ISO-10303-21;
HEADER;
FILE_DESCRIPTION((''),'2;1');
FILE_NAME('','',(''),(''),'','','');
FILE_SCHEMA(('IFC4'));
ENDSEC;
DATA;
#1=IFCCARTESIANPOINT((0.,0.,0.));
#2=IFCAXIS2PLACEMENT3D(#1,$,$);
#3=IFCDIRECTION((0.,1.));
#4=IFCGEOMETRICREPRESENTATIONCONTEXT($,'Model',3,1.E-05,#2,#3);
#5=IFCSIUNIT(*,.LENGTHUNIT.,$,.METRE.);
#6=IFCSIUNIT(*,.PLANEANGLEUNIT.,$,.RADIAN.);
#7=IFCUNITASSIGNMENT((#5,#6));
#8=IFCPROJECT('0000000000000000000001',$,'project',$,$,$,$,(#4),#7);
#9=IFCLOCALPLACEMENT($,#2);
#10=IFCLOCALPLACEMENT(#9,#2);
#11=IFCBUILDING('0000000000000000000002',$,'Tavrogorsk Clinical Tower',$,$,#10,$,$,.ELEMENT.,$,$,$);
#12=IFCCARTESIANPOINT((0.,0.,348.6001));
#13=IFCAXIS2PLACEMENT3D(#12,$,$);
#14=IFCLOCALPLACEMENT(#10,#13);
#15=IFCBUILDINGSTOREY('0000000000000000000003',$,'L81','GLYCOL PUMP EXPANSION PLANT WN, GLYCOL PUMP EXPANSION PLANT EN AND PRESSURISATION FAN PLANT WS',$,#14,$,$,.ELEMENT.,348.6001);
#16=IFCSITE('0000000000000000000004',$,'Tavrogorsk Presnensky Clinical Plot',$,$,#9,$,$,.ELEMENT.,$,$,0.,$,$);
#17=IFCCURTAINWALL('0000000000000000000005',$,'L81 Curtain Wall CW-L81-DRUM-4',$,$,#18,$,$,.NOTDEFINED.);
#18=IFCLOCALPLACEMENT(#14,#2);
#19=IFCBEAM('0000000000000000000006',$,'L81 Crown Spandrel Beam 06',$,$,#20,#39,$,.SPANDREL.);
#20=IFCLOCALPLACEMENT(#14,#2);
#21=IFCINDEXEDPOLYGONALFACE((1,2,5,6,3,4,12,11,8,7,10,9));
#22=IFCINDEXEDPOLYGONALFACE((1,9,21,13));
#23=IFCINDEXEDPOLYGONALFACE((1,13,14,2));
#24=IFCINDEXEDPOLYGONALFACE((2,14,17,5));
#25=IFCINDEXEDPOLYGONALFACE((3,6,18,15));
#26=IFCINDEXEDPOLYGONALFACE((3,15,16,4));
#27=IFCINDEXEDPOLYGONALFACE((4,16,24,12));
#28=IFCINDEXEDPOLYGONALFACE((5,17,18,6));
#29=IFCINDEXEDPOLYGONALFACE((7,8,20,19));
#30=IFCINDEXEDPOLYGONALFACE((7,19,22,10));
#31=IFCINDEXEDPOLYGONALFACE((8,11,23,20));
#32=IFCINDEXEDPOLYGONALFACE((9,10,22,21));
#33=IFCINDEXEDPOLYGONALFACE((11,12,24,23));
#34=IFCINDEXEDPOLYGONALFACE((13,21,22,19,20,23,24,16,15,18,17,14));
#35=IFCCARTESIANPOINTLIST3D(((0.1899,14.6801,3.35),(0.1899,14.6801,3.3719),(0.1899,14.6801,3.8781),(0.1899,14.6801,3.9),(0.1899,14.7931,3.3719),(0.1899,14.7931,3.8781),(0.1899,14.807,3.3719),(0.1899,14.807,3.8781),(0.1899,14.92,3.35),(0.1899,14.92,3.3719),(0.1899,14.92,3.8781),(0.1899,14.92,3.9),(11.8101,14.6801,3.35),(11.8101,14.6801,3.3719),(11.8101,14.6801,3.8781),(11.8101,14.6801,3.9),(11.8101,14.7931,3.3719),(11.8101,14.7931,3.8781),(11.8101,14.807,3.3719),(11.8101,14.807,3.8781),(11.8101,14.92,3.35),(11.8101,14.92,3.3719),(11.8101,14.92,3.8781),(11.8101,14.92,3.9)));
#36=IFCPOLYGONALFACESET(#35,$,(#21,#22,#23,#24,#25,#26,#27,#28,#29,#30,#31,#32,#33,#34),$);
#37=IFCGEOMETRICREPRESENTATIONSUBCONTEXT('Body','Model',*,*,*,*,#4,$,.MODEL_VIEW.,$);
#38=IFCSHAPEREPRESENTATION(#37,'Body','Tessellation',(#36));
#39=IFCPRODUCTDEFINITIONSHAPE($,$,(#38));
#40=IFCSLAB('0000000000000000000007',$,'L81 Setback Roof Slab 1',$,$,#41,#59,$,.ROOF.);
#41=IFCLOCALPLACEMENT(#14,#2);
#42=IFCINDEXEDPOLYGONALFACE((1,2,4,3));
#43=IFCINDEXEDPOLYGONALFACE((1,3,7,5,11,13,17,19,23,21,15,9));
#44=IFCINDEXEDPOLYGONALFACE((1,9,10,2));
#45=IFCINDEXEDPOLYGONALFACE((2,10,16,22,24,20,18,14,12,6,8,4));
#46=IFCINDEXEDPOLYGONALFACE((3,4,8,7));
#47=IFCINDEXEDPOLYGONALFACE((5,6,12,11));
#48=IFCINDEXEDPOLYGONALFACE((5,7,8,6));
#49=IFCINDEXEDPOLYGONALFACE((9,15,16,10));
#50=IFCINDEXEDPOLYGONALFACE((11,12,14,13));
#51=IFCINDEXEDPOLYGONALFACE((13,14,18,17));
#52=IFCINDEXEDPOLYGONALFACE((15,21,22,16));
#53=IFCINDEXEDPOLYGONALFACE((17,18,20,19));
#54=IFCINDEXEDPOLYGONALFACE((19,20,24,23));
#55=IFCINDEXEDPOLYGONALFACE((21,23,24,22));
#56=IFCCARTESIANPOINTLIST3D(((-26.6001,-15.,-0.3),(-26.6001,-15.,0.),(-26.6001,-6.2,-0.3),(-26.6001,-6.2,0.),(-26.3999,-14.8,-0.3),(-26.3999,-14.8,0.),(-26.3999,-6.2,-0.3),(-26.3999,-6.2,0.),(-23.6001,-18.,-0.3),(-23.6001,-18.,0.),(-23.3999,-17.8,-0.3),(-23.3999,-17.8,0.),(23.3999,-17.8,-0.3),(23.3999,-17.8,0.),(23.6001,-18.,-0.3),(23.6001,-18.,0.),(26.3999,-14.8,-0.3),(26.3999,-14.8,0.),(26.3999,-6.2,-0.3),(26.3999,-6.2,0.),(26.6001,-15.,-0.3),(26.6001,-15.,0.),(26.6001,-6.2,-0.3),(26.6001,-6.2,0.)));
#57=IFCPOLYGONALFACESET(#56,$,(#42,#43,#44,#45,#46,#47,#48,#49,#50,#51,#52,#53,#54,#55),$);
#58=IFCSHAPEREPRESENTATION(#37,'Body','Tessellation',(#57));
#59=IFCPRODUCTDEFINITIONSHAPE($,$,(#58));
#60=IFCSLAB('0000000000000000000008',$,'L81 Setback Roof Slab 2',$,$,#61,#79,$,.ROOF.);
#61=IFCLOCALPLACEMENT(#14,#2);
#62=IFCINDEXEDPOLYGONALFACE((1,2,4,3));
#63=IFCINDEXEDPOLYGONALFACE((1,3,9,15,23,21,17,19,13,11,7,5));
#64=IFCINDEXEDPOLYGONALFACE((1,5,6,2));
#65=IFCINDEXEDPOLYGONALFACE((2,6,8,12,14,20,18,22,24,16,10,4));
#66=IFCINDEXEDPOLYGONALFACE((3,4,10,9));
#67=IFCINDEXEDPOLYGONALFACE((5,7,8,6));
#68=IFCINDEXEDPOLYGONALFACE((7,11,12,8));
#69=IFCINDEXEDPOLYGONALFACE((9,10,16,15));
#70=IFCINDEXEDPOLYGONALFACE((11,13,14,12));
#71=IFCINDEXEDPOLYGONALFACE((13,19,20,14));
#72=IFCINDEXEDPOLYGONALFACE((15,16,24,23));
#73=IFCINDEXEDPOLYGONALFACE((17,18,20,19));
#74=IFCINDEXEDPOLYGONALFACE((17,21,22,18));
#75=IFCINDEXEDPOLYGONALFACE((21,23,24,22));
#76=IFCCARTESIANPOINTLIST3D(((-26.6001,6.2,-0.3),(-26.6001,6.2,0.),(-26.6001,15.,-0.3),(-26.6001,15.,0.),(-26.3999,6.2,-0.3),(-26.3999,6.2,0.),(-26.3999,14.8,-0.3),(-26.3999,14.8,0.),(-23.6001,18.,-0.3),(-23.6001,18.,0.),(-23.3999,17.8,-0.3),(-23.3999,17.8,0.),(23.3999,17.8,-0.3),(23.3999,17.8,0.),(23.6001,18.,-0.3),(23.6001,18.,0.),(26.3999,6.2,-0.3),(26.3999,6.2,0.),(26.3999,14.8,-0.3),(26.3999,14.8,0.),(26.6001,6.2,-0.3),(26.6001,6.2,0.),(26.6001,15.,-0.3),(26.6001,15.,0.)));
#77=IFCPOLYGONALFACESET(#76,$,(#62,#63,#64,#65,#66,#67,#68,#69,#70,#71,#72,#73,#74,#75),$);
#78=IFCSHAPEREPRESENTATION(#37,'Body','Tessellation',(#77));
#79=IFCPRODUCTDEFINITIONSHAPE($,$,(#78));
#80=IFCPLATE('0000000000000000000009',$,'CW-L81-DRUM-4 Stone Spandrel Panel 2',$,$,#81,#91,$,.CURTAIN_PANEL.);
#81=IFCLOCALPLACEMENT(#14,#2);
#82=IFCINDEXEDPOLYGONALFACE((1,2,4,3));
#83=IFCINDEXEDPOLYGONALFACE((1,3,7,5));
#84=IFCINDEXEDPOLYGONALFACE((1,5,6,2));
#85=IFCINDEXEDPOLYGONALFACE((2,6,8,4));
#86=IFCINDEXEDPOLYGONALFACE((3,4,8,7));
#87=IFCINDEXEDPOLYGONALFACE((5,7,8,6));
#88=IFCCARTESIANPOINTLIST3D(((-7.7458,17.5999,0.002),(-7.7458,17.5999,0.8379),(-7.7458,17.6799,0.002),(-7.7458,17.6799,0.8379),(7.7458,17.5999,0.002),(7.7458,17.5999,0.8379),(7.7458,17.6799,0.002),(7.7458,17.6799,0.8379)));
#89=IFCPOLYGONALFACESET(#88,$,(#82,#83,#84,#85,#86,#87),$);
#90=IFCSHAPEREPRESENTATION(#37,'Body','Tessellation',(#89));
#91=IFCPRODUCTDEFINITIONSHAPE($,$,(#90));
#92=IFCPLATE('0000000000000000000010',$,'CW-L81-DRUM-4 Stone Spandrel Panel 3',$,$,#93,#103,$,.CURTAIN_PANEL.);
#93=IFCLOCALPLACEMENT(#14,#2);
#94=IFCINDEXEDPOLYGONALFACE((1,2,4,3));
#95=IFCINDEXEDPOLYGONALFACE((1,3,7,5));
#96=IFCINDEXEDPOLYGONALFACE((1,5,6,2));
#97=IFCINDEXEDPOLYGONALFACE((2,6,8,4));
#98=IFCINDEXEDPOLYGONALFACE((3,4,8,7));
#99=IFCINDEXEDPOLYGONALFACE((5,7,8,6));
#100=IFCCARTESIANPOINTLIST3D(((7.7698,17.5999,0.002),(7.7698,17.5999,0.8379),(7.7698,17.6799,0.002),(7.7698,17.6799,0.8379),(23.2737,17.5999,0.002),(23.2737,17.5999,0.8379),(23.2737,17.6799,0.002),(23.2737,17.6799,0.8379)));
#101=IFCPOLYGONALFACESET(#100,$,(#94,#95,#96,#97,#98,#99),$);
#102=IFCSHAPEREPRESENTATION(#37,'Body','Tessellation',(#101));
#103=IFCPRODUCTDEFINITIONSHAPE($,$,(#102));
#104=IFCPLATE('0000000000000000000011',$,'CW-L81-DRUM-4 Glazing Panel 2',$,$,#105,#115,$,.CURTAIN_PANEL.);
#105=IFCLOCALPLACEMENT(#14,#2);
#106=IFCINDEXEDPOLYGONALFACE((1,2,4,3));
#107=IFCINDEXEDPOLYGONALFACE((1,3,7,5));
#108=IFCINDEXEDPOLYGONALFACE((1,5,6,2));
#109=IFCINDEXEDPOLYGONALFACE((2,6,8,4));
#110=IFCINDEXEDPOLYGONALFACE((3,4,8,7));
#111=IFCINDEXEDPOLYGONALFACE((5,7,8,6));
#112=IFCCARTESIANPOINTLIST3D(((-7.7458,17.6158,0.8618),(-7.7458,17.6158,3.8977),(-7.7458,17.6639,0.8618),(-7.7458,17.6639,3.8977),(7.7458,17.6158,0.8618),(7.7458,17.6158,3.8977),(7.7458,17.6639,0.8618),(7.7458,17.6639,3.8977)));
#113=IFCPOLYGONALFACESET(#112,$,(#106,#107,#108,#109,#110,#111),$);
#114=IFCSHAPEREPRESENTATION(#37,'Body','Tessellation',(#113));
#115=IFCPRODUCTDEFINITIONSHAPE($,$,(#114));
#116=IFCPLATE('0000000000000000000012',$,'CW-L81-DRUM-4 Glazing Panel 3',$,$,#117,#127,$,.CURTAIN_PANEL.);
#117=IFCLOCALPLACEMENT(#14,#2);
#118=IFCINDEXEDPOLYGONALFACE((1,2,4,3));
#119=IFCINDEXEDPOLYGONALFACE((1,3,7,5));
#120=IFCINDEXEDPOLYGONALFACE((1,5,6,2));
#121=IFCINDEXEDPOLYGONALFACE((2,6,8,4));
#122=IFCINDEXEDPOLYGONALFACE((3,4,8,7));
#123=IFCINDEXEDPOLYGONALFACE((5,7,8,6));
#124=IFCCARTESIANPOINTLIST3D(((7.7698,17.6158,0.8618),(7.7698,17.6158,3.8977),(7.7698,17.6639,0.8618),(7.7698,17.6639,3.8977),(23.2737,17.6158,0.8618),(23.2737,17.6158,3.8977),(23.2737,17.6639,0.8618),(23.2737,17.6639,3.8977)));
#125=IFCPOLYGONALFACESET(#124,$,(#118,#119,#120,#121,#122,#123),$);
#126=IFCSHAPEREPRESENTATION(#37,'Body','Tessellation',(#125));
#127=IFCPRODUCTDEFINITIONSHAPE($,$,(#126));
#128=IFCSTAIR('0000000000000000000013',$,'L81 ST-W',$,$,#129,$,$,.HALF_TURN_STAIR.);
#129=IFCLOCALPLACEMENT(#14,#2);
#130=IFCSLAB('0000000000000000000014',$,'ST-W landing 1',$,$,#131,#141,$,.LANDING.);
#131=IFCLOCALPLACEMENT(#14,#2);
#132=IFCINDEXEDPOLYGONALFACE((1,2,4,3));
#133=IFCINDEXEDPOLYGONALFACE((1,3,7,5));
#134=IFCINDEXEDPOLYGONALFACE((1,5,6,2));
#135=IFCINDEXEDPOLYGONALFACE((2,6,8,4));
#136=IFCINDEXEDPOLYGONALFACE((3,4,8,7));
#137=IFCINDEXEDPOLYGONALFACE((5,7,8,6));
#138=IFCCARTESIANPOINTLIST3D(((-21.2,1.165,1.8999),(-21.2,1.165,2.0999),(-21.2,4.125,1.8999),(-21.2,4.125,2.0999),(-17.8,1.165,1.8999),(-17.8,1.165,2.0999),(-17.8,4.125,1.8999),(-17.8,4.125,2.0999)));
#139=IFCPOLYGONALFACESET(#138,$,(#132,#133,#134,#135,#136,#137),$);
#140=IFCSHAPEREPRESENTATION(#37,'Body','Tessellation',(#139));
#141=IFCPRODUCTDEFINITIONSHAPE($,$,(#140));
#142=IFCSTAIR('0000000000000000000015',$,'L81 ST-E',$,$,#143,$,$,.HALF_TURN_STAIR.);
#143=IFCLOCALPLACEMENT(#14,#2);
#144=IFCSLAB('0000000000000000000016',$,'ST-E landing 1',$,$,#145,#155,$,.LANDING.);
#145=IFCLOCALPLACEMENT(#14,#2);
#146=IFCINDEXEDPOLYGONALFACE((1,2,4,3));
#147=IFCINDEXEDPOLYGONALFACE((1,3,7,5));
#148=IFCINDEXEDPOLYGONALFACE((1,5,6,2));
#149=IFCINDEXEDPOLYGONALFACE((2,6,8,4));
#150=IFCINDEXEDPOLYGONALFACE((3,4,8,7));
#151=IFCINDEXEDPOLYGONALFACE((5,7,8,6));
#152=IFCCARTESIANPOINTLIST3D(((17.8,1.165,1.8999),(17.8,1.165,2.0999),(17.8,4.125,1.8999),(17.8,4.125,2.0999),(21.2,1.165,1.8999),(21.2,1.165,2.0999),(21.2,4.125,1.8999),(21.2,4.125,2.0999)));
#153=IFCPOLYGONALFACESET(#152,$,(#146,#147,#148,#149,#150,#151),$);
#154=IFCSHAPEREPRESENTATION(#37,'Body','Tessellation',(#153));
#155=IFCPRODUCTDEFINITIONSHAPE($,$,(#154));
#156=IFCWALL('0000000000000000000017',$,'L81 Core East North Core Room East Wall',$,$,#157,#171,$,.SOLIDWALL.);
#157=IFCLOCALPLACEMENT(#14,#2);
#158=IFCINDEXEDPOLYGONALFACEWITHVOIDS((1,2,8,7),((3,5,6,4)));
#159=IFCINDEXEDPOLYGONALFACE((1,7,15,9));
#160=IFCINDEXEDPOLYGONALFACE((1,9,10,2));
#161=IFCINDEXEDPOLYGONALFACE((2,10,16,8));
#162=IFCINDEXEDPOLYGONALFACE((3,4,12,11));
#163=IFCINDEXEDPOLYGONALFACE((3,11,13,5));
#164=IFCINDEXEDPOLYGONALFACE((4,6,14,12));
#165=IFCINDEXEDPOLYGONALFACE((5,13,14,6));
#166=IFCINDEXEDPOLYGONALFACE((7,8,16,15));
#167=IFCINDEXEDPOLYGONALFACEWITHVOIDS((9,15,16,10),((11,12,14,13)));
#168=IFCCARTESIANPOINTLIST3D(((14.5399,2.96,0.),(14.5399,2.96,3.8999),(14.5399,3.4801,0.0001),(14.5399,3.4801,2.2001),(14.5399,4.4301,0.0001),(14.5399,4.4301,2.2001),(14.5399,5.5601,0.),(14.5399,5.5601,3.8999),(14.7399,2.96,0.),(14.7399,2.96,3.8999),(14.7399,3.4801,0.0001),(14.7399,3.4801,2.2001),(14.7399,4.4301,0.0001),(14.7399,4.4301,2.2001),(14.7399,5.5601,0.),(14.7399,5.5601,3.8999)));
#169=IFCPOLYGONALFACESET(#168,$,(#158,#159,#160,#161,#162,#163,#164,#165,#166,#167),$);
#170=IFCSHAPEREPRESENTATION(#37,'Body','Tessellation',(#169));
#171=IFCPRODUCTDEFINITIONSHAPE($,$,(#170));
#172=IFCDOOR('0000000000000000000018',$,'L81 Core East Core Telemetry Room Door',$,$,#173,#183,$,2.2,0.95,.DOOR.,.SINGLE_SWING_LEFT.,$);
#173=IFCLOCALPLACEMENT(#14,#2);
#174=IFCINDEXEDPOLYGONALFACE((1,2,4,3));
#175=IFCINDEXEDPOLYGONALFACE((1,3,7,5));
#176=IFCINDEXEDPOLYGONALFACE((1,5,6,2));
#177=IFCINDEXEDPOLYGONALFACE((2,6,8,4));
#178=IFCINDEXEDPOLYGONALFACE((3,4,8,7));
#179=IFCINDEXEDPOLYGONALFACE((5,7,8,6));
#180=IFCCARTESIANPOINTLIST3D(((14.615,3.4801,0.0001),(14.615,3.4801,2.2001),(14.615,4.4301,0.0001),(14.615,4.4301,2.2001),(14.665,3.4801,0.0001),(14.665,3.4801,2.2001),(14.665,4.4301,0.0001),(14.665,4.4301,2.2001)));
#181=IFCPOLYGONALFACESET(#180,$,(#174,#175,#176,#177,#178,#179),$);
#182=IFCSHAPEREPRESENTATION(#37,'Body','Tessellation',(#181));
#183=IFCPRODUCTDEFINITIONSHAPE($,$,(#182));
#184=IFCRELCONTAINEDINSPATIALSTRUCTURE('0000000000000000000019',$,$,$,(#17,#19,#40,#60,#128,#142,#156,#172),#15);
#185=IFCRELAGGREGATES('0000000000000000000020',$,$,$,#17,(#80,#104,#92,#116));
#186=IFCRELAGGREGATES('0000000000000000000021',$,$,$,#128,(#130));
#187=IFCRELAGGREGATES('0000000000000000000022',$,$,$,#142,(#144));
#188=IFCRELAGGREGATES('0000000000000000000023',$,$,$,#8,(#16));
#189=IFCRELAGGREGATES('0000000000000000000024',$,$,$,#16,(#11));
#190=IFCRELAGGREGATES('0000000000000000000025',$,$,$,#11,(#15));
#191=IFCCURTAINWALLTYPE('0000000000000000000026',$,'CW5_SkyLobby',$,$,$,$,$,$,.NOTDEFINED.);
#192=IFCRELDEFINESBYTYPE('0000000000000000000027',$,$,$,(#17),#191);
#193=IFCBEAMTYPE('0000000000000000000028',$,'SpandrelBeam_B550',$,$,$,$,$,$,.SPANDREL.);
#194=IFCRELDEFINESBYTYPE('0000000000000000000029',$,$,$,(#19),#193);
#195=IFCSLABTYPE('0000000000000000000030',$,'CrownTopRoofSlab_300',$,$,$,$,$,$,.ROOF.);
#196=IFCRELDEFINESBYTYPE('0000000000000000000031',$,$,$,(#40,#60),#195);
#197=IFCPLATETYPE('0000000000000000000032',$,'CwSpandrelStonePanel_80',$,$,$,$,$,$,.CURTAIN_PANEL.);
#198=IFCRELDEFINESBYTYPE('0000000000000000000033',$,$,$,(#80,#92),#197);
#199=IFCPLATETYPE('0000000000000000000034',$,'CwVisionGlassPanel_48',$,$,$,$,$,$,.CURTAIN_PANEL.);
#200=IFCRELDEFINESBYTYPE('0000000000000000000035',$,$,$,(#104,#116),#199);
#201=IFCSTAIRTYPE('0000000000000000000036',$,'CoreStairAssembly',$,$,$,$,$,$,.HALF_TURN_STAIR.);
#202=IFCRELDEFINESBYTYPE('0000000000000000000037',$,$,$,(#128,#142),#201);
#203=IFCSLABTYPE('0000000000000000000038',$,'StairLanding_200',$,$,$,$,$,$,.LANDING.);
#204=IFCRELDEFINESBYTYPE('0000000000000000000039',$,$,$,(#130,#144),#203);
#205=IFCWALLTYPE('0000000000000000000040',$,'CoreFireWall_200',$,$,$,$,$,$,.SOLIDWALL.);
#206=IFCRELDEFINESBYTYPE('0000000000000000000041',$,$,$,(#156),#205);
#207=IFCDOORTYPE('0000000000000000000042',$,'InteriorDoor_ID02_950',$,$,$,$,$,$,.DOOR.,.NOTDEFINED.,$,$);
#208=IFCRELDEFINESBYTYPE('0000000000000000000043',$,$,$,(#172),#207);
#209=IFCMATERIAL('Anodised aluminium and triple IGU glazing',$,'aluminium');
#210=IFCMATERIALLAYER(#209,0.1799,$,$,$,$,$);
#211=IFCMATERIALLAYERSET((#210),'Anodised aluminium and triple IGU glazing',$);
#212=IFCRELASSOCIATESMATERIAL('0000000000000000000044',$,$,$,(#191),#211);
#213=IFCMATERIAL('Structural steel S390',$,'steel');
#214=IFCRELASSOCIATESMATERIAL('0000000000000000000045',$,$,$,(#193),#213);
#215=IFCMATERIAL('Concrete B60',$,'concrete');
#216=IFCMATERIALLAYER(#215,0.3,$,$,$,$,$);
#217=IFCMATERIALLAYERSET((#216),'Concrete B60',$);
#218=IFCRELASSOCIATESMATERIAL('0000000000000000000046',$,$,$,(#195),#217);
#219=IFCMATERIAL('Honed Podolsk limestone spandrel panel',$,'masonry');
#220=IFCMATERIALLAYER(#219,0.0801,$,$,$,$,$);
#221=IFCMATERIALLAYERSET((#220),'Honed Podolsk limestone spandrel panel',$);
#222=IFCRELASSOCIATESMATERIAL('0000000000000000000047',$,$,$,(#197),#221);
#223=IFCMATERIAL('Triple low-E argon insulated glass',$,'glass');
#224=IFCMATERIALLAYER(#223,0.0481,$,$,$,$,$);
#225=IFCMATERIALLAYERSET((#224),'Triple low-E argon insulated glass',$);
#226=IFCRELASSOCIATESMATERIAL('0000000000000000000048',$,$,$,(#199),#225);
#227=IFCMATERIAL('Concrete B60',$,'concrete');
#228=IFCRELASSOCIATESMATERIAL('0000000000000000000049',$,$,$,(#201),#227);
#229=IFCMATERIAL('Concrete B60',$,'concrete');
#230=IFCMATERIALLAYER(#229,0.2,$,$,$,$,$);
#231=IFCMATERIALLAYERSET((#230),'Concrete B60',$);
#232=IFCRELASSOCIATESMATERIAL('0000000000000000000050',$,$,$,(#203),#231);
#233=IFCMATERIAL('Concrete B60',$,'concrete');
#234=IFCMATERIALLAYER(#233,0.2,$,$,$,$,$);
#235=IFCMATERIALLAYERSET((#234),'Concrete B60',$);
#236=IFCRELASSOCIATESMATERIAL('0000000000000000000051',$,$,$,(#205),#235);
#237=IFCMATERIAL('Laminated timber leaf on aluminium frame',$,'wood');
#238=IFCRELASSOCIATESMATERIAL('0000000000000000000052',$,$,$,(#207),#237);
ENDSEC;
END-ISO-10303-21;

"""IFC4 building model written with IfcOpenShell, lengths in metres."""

from ifc_helpers import new_model, si_unit, direction, frame, frame_2d, origin, origin_2d, place, context, subcontext, project, spatial, polyline, rectangle, i_section, outline, extrude, material, layer, layer_set, material_profile, profile_set, type_object, element, fill, aggregate, save


model = new_model("IFC4")

# Units and contexts
model_context = context("Model", 3, precision=1e-05, world=origin(), true_north=direction((0.0, 1.0)))
body_context = subcontext(model_context, "Body", "Model", "MODEL_VIEW")
ifc_project = project(units=[si_unit("LENGTHUNIT", "METRE"), si_unit("PLANEANGLEUNIT", "RADIAN")], contexts=[model_context])

# Site, building, storey
site_placement = place(None, origin())
site = spatial("IfcSite", under=ifc_project, at=site_placement, Name="Tavrogorsk Presnensky Clinical Plot", CompositionType="ELEMENT", RefElevation=0.0)
building_placement = place(site_placement, origin())
building = spatial("IfcBuilding", under=site, at=building_placement, Name="Tavrogorsk Clinical Tower", CompositionType="ELEMENT")
storey_placement = place(building_placement, frame((0.0, 0.0, 348.6001)))
storey = spatial("IfcBuildingStorey", under=building, at=storey_placement, Name="L81", Description="GLYCOL PUMP EXPANSION PLANT WN, GLYCOL PUMP EXPANSION PLANT EN AND PRESSURISATION FAN PLANT WS", CompositionType="ELEMENT", Elevation=348.6001)

# Curtain wall
ifc_material_1 = material(Name="Anodised aluminium and triple IGU glazing", Category="aluminium")
ifc_layer_1 = layer(ifc_material_1, 0.1799)
ifc_layer_set_1 = layer_set([ifc_layer_1], Name="Anodised aluminium and triple IGU glazing")
curtain_wall_type = type_object("IfcCurtainWallType", Name="CW5_SkyLobby", PredefinedType="NOTDEFINED", material=ifc_layer_set_1)
curtain_wall_placement = place(storey_placement, origin())
curtain_wall = element("IfcCurtainWall", 1, at=curtain_wall_placement, inside=storey, type_object=curtain_wall_type, Name="L81 Curtain Wall CW-L81-DRUM-4", PredefinedType="NOTDEFINED")

# Beam
ifc_material_2 = material(Name="Structural steel S390", Category="steel")
ifc_material_profile_1 = material_profile(ifc_material_2, i_section(OverallWidth=0.24, OverallDepth=0.55, WebThickness=0.0139, FlangeThickness=0.022, at=origin_2d()), Name="B-550x240x14x22")
ifc_profile_set_1 = profile_set([ifc_material_profile_1], Name="Structural steel S390")
beam_type_1 = type_object("IfcBeamType", Name="SpandrelBeam_B550", PredefinedType="SPANDREL", material=ifc_profile_set_1)
beam_1_placement = place(storey_placement, frame((11.8101, 14.8, 3.625), z_axis=(-1.0, 0.0, 0.0), x_axis=(0.0, -1.0, 0.0)))
element("IfcBeam", 2, at=beam_1_placement, inside=storey, type_object=beam_type_1, Name="L81 Crown Spandrel Beam 06", PredefinedType="SPANDREL", context=body_context, shape_type="SweptSolid", body=[
    extrude(i_section(OverallWidth=0.24, OverallDepth=0.55, WebThickness=0.0139, FlangeThickness=0.022, at=origin_2d()), origin(), (0.0, 0.0, 1.0), 11.6201),
])

# Slabs
ifc_material_3 = material(Name="Concrete B60", Category="concrete")
ifc_layer_2 = layer(ifc_material_3, 0.3)
ifc_layer_set_2 = layer_set([ifc_layer_2], Name="Concrete B60")
slab_type_1 = type_object("IfcSlabType", Name="CrownTopRoofSlab_300", PredefinedType="ROOF", material=ifc_layer_set_2)
slab_1_placement = place(storey_placement, frame((0.0, 0.0, -0.3)))
element("IfcSlab", 3, at=slab_1_placement, inside=storey, type_object=slab_type_1, Name="L81 Setback Roof Slab 1", PredefinedType="ROOF", context=body_context, shape_type="SweptSolid", body=[
    extrude(outline(polyline([(-26.6001, -6.2), (-26.3999, -6.2), (-26.3999, -14.8), (-23.3999, -17.8), (23.3999, -17.8), (26.3999, -14.8), (26.3999, -6.2), (26.6001, -6.2), (26.6001, -15.0), (23.6001, -18.0), (-23.6001, -18.0), (-26.6001, -15.0), (-26.6001, -6.2)])), origin(), (0.0, 0.0, 1.0), 0.3),
])
slab_2_placement = place(storey_placement, frame((0.0, 0.0, -0.3)))
element("IfcSlab", 4, at=slab_2_placement, inside=storey, type_object=slab_type_1, Name="L81 Setback Roof Slab 2", PredefinedType="ROOF", context=body_context, shape_type="SweptSolid", body=[
    extrude(outline(polyline([(-26.6001, 15.0), (-23.6001, 18.0), (23.6001, 18.0), (26.6001, 15.0), (26.6001, 6.2), (26.3999, 6.2), (26.3999, 14.8), (23.3999, 17.8), (-23.3999, 17.8), (-26.3999, 14.8), (-26.3999, 6.2), (-26.6001, 6.2), (-26.6001, 15.0)])), origin(), (0.0, 0.0, 1.0), 0.3),
])

# Plates
ifc_material_4 = material(Name="Honed Podolsk limestone spandrel panel", Category="masonry")
ifc_layer_3 = layer(ifc_material_4, 0.0801)
ifc_layer_set_3 = layer_set([ifc_layer_3], Name="Honed Podolsk limestone spandrel panel")
plate_type_1 = type_object("IfcPlateType", Name="CwSpandrelStonePanel_80", PredefinedType="CURTAIN_PANEL", material=ifc_layer_set_3)
plate_1_placement = place(storey_placement, frame((0.0, 17.6399, 0.002), z_axis=(0.0, 0.0, 1.0), x_axis=(1.0, 0.0, 0.0)))
plate_1 = element("IfcPlate", 5, at=plate_1_placement, type_object=plate_type_1, Name="CW-L81-DRUM-4 Stone Spandrel Panel 2", PredefinedType="CURTAIN_PANEL", context=body_context, shape_type="SweptSolid", body=[
    extrude(rectangle(XDim=15.4917, YDim=0.0801, at=origin_2d()), origin(), (0.0, 0.0, 1.0), 0.8359),
])
plate_2_placement = place(storey_placement, frame((15.5217, 17.6399, 0.002), z_axis=(0.0, 0.0, 1.0), x_axis=(1.0, 0.0, 0.0)))
plate_2 = element("IfcPlate", 6, at=plate_2_placement, type_object=plate_type_1, Name="CW-L81-DRUM-4 Stone Spandrel Panel 3", PredefinedType="CURTAIN_PANEL", context=body_context, shape_type="SweptSolid", body=[
    extrude(rectangle(XDim=15.5039, YDim=0.0801, at=origin_2d()), origin(), (0.0, 0.0, 1.0), 0.8359),
])
ifc_material_5 = material(Name="Triple low-E argon insulated glass", Category="glass")
ifc_layer_4 = layer(ifc_material_5, 0.0481)
ifc_layer_set_4 = layer_set([ifc_layer_4], Name="Triple low-E argon insulated glass")
plate_type_2 = type_object("IfcPlateType", Name="CwVisionGlassPanel_48", PredefinedType="CURTAIN_PANEL", material=ifc_layer_set_4)
plate_3_placement = place(storey_placement, frame((0.0, 17.6399, 0.8618), z_axis=(0.0, 0.0, 1.0), x_axis=(1.0, 0.0, 0.0)))
plate_3 = element("IfcPlate", 7, at=plate_3_placement, type_object=plate_type_2, Name="CW-L81-DRUM-4 Glazing Panel 2", PredefinedType="CURTAIN_PANEL", context=body_context, shape_type="SweptSolid", body=[
    extrude(rectangle(XDim=15.4917, YDim=0.0481, at=origin_2d()), origin(), (0.0, 0.0, 1.0), 3.0359),
])
plate_4_placement = place(storey_placement, frame((15.5217, 17.6399, 0.8618), z_axis=(0.0, 0.0, 1.0), x_axis=(1.0, 0.0, 0.0)))
plate_4 = element("IfcPlate", 8, at=plate_4_placement, type_object=plate_type_2, Name="CW-L81-DRUM-4 Glazing Panel 3", PredefinedType="CURTAIN_PANEL", context=body_context, shape_type="SweptSolid", body=[
    extrude(rectangle(XDim=15.5039, YDim=0.0481, at=origin_2d()), origin(), (0.0, 0.0, 1.0), 3.0359),
])
aggregate(curtain_wall, [plate_1, plate_3, plate_2, plate_4])

# Stairs, slabs
ifc_material_6 = material(Name="Concrete B60", Category="concrete")
stair_type = type_object("IfcStairType", Name="CoreStairAssembly", PredefinedType="HALF_TURN_STAIR", material=ifc_material_6)
stair_1_placement = place(storey_placement, origin())
stair_1 = element("IfcStair", 9, at=stair_1_placement, inside=storey, type_object=stair_type, Name="L81 ST-W", PredefinedType="HALF_TURN_STAIR")
ifc_material_7 = material(Name="Concrete B60", Category="concrete")
ifc_layer_5 = layer(ifc_material_7, 0.2)
ifc_layer_set_5 = layer_set([ifc_layer_5], Name="Concrete B60")
slab_type_2 = type_object("IfcSlabType", Name="StairLanding_200", PredefinedType="LANDING", material=ifc_layer_set_5)
slab_3_placement = place(storey_placement, frame((0.0, 0.0, 1.8999)))
slab_3 = element("IfcSlab", 10, at=slab_3_placement, type_object=slab_type_2, Name="ST-W landing 1", PredefinedType="LANDING", context=body_context, shape_type="SweptSolid", body=[
    extrude(outline(polyline([(-17.8, 1.165), (-17.8, 4.125), (-21.2, 4.125), (-21.2, 1.165), (-17.8, 1.165)])), origin(), (0.0, 0.0, 1.0), 0.2),
])
aggregate(stair_1, [slab_3])
stair_2_placement = place(storey_placement, origin())
stair_2 = element("IfcStair", 11, at=stair_2_placement, inside=storey, type_object=stair_type, Name="L81 ST-E", PredefinedType="HALF_TURN_STAIR")
slab_4_placement = place(storey_placement, frame((0.0, 0.0, 1.8999)))
slab_4 = element("IfcSlab", 12, at=slab_4_placement, type_object=slab_type_2, Name="ST-E landing 1", PredefinedType="LANDING", context=body_context, shape_type="SweptSolid", body=[
    extrude(outline(polyline([(21.2, 1.165), (21.2, 4.125), (17.8, 4.125), (17.8, 1.165), (21.2, 1.165)])), origin(), (0.0, 0.0, 1.0), 0.2),
])
aggregate(stair_2, [slab_4])

# Wall, opening, door
ifc_material_8 = material(Name="Concrete B60", Category="concrete")
ifc_layer_6 = layer(ifc_material_8, 0.2)
ifc_layer_set_6 = layer_set([ifc_layer_6], Name="Concrete B60")
wall_type_1 = type_object("IfcWallType", Name="CoreFireWall_200", PredefinedType="SOLIDWALL", material=ifc_layer_set_6)
wall_1_placement = place(storey_placement, frame((14.6399, 2.96, 0.0), z_axis=(0.0, 0.0, 1.0), x_axis=(0.0, 1.0, 0.0)))
wall_1 = element("IfcWall", 13, at=wall_1_placement, inside=storey, type_object=wall_type_1, Name="L81 Core East North Core Room East Wall", PredefinedType="SOLIDWALL", context=body_context, shape_type="SweptSolid", body=[
    extrude(rectangle(XDim=2.6001, YDim=0.2, at=frame_2d((1.3, 0.0))), origin(), (0.0, 0.0, 1.0), 3.8999),
])
opening_1_placement = place(wall_1_placement, frame((0.52, 0.0, 0.0)))
opening_1 = element("IfcOpeningElement", 14, at=opening_1_placement, cuts=wall_1, PredefinedType="OPENING", context=body_context, shape_type="SweptSolid", body=[
    extrude(rectangle(XDim=0.95, YDim=2.2, at=frame_2d((0.4751, 1.1001))), frame((0.0, 0.1099, 0.0), z_axis=(0.0, -1.0, 0.0), x_axis=(1.0, 0.0, 0.0)), (0.0, 0.0, 1.0), 0.22),
])
ifc_material_9 = material(Name="Laminated timber leaf on aluminium frame", Category="wood")
door_type_1 = type_object("IfcDoorType", Name="InteriorDoor_ID02_950", OperationType="NOTDEFINED", PredefinedType="DOOR", material=ifc_material_9)
door_1_placement = place(opening_1_placement, origin())
door_1 = element("IfcDoor", 15, at=door_1_placement, inside=storey, type_object=door_type_1, Name="L81 Core East Core Telemetry Room Door", OperationType="SINGLE_SWING_LEFT", OverallHeight=2.2, OverallWidth=0.95, PredefinedType="DOOR", context=body_context, shape_type="SweptSolid", body=[
    extrude(rectangle(XDim=0.95, YDim=2.2, at=frame_2d((0.4751, 1.1001))), frame((0.0, 0.0249, 0.0), z_axis=(0.0, -1.0, 0.0), x_axis=(1.0, 0.0, 0.0)), (0.0, 0.0, 1.0), 0.05),
])
fill(opening_1, door_1)

save(model, "model.ifc")
